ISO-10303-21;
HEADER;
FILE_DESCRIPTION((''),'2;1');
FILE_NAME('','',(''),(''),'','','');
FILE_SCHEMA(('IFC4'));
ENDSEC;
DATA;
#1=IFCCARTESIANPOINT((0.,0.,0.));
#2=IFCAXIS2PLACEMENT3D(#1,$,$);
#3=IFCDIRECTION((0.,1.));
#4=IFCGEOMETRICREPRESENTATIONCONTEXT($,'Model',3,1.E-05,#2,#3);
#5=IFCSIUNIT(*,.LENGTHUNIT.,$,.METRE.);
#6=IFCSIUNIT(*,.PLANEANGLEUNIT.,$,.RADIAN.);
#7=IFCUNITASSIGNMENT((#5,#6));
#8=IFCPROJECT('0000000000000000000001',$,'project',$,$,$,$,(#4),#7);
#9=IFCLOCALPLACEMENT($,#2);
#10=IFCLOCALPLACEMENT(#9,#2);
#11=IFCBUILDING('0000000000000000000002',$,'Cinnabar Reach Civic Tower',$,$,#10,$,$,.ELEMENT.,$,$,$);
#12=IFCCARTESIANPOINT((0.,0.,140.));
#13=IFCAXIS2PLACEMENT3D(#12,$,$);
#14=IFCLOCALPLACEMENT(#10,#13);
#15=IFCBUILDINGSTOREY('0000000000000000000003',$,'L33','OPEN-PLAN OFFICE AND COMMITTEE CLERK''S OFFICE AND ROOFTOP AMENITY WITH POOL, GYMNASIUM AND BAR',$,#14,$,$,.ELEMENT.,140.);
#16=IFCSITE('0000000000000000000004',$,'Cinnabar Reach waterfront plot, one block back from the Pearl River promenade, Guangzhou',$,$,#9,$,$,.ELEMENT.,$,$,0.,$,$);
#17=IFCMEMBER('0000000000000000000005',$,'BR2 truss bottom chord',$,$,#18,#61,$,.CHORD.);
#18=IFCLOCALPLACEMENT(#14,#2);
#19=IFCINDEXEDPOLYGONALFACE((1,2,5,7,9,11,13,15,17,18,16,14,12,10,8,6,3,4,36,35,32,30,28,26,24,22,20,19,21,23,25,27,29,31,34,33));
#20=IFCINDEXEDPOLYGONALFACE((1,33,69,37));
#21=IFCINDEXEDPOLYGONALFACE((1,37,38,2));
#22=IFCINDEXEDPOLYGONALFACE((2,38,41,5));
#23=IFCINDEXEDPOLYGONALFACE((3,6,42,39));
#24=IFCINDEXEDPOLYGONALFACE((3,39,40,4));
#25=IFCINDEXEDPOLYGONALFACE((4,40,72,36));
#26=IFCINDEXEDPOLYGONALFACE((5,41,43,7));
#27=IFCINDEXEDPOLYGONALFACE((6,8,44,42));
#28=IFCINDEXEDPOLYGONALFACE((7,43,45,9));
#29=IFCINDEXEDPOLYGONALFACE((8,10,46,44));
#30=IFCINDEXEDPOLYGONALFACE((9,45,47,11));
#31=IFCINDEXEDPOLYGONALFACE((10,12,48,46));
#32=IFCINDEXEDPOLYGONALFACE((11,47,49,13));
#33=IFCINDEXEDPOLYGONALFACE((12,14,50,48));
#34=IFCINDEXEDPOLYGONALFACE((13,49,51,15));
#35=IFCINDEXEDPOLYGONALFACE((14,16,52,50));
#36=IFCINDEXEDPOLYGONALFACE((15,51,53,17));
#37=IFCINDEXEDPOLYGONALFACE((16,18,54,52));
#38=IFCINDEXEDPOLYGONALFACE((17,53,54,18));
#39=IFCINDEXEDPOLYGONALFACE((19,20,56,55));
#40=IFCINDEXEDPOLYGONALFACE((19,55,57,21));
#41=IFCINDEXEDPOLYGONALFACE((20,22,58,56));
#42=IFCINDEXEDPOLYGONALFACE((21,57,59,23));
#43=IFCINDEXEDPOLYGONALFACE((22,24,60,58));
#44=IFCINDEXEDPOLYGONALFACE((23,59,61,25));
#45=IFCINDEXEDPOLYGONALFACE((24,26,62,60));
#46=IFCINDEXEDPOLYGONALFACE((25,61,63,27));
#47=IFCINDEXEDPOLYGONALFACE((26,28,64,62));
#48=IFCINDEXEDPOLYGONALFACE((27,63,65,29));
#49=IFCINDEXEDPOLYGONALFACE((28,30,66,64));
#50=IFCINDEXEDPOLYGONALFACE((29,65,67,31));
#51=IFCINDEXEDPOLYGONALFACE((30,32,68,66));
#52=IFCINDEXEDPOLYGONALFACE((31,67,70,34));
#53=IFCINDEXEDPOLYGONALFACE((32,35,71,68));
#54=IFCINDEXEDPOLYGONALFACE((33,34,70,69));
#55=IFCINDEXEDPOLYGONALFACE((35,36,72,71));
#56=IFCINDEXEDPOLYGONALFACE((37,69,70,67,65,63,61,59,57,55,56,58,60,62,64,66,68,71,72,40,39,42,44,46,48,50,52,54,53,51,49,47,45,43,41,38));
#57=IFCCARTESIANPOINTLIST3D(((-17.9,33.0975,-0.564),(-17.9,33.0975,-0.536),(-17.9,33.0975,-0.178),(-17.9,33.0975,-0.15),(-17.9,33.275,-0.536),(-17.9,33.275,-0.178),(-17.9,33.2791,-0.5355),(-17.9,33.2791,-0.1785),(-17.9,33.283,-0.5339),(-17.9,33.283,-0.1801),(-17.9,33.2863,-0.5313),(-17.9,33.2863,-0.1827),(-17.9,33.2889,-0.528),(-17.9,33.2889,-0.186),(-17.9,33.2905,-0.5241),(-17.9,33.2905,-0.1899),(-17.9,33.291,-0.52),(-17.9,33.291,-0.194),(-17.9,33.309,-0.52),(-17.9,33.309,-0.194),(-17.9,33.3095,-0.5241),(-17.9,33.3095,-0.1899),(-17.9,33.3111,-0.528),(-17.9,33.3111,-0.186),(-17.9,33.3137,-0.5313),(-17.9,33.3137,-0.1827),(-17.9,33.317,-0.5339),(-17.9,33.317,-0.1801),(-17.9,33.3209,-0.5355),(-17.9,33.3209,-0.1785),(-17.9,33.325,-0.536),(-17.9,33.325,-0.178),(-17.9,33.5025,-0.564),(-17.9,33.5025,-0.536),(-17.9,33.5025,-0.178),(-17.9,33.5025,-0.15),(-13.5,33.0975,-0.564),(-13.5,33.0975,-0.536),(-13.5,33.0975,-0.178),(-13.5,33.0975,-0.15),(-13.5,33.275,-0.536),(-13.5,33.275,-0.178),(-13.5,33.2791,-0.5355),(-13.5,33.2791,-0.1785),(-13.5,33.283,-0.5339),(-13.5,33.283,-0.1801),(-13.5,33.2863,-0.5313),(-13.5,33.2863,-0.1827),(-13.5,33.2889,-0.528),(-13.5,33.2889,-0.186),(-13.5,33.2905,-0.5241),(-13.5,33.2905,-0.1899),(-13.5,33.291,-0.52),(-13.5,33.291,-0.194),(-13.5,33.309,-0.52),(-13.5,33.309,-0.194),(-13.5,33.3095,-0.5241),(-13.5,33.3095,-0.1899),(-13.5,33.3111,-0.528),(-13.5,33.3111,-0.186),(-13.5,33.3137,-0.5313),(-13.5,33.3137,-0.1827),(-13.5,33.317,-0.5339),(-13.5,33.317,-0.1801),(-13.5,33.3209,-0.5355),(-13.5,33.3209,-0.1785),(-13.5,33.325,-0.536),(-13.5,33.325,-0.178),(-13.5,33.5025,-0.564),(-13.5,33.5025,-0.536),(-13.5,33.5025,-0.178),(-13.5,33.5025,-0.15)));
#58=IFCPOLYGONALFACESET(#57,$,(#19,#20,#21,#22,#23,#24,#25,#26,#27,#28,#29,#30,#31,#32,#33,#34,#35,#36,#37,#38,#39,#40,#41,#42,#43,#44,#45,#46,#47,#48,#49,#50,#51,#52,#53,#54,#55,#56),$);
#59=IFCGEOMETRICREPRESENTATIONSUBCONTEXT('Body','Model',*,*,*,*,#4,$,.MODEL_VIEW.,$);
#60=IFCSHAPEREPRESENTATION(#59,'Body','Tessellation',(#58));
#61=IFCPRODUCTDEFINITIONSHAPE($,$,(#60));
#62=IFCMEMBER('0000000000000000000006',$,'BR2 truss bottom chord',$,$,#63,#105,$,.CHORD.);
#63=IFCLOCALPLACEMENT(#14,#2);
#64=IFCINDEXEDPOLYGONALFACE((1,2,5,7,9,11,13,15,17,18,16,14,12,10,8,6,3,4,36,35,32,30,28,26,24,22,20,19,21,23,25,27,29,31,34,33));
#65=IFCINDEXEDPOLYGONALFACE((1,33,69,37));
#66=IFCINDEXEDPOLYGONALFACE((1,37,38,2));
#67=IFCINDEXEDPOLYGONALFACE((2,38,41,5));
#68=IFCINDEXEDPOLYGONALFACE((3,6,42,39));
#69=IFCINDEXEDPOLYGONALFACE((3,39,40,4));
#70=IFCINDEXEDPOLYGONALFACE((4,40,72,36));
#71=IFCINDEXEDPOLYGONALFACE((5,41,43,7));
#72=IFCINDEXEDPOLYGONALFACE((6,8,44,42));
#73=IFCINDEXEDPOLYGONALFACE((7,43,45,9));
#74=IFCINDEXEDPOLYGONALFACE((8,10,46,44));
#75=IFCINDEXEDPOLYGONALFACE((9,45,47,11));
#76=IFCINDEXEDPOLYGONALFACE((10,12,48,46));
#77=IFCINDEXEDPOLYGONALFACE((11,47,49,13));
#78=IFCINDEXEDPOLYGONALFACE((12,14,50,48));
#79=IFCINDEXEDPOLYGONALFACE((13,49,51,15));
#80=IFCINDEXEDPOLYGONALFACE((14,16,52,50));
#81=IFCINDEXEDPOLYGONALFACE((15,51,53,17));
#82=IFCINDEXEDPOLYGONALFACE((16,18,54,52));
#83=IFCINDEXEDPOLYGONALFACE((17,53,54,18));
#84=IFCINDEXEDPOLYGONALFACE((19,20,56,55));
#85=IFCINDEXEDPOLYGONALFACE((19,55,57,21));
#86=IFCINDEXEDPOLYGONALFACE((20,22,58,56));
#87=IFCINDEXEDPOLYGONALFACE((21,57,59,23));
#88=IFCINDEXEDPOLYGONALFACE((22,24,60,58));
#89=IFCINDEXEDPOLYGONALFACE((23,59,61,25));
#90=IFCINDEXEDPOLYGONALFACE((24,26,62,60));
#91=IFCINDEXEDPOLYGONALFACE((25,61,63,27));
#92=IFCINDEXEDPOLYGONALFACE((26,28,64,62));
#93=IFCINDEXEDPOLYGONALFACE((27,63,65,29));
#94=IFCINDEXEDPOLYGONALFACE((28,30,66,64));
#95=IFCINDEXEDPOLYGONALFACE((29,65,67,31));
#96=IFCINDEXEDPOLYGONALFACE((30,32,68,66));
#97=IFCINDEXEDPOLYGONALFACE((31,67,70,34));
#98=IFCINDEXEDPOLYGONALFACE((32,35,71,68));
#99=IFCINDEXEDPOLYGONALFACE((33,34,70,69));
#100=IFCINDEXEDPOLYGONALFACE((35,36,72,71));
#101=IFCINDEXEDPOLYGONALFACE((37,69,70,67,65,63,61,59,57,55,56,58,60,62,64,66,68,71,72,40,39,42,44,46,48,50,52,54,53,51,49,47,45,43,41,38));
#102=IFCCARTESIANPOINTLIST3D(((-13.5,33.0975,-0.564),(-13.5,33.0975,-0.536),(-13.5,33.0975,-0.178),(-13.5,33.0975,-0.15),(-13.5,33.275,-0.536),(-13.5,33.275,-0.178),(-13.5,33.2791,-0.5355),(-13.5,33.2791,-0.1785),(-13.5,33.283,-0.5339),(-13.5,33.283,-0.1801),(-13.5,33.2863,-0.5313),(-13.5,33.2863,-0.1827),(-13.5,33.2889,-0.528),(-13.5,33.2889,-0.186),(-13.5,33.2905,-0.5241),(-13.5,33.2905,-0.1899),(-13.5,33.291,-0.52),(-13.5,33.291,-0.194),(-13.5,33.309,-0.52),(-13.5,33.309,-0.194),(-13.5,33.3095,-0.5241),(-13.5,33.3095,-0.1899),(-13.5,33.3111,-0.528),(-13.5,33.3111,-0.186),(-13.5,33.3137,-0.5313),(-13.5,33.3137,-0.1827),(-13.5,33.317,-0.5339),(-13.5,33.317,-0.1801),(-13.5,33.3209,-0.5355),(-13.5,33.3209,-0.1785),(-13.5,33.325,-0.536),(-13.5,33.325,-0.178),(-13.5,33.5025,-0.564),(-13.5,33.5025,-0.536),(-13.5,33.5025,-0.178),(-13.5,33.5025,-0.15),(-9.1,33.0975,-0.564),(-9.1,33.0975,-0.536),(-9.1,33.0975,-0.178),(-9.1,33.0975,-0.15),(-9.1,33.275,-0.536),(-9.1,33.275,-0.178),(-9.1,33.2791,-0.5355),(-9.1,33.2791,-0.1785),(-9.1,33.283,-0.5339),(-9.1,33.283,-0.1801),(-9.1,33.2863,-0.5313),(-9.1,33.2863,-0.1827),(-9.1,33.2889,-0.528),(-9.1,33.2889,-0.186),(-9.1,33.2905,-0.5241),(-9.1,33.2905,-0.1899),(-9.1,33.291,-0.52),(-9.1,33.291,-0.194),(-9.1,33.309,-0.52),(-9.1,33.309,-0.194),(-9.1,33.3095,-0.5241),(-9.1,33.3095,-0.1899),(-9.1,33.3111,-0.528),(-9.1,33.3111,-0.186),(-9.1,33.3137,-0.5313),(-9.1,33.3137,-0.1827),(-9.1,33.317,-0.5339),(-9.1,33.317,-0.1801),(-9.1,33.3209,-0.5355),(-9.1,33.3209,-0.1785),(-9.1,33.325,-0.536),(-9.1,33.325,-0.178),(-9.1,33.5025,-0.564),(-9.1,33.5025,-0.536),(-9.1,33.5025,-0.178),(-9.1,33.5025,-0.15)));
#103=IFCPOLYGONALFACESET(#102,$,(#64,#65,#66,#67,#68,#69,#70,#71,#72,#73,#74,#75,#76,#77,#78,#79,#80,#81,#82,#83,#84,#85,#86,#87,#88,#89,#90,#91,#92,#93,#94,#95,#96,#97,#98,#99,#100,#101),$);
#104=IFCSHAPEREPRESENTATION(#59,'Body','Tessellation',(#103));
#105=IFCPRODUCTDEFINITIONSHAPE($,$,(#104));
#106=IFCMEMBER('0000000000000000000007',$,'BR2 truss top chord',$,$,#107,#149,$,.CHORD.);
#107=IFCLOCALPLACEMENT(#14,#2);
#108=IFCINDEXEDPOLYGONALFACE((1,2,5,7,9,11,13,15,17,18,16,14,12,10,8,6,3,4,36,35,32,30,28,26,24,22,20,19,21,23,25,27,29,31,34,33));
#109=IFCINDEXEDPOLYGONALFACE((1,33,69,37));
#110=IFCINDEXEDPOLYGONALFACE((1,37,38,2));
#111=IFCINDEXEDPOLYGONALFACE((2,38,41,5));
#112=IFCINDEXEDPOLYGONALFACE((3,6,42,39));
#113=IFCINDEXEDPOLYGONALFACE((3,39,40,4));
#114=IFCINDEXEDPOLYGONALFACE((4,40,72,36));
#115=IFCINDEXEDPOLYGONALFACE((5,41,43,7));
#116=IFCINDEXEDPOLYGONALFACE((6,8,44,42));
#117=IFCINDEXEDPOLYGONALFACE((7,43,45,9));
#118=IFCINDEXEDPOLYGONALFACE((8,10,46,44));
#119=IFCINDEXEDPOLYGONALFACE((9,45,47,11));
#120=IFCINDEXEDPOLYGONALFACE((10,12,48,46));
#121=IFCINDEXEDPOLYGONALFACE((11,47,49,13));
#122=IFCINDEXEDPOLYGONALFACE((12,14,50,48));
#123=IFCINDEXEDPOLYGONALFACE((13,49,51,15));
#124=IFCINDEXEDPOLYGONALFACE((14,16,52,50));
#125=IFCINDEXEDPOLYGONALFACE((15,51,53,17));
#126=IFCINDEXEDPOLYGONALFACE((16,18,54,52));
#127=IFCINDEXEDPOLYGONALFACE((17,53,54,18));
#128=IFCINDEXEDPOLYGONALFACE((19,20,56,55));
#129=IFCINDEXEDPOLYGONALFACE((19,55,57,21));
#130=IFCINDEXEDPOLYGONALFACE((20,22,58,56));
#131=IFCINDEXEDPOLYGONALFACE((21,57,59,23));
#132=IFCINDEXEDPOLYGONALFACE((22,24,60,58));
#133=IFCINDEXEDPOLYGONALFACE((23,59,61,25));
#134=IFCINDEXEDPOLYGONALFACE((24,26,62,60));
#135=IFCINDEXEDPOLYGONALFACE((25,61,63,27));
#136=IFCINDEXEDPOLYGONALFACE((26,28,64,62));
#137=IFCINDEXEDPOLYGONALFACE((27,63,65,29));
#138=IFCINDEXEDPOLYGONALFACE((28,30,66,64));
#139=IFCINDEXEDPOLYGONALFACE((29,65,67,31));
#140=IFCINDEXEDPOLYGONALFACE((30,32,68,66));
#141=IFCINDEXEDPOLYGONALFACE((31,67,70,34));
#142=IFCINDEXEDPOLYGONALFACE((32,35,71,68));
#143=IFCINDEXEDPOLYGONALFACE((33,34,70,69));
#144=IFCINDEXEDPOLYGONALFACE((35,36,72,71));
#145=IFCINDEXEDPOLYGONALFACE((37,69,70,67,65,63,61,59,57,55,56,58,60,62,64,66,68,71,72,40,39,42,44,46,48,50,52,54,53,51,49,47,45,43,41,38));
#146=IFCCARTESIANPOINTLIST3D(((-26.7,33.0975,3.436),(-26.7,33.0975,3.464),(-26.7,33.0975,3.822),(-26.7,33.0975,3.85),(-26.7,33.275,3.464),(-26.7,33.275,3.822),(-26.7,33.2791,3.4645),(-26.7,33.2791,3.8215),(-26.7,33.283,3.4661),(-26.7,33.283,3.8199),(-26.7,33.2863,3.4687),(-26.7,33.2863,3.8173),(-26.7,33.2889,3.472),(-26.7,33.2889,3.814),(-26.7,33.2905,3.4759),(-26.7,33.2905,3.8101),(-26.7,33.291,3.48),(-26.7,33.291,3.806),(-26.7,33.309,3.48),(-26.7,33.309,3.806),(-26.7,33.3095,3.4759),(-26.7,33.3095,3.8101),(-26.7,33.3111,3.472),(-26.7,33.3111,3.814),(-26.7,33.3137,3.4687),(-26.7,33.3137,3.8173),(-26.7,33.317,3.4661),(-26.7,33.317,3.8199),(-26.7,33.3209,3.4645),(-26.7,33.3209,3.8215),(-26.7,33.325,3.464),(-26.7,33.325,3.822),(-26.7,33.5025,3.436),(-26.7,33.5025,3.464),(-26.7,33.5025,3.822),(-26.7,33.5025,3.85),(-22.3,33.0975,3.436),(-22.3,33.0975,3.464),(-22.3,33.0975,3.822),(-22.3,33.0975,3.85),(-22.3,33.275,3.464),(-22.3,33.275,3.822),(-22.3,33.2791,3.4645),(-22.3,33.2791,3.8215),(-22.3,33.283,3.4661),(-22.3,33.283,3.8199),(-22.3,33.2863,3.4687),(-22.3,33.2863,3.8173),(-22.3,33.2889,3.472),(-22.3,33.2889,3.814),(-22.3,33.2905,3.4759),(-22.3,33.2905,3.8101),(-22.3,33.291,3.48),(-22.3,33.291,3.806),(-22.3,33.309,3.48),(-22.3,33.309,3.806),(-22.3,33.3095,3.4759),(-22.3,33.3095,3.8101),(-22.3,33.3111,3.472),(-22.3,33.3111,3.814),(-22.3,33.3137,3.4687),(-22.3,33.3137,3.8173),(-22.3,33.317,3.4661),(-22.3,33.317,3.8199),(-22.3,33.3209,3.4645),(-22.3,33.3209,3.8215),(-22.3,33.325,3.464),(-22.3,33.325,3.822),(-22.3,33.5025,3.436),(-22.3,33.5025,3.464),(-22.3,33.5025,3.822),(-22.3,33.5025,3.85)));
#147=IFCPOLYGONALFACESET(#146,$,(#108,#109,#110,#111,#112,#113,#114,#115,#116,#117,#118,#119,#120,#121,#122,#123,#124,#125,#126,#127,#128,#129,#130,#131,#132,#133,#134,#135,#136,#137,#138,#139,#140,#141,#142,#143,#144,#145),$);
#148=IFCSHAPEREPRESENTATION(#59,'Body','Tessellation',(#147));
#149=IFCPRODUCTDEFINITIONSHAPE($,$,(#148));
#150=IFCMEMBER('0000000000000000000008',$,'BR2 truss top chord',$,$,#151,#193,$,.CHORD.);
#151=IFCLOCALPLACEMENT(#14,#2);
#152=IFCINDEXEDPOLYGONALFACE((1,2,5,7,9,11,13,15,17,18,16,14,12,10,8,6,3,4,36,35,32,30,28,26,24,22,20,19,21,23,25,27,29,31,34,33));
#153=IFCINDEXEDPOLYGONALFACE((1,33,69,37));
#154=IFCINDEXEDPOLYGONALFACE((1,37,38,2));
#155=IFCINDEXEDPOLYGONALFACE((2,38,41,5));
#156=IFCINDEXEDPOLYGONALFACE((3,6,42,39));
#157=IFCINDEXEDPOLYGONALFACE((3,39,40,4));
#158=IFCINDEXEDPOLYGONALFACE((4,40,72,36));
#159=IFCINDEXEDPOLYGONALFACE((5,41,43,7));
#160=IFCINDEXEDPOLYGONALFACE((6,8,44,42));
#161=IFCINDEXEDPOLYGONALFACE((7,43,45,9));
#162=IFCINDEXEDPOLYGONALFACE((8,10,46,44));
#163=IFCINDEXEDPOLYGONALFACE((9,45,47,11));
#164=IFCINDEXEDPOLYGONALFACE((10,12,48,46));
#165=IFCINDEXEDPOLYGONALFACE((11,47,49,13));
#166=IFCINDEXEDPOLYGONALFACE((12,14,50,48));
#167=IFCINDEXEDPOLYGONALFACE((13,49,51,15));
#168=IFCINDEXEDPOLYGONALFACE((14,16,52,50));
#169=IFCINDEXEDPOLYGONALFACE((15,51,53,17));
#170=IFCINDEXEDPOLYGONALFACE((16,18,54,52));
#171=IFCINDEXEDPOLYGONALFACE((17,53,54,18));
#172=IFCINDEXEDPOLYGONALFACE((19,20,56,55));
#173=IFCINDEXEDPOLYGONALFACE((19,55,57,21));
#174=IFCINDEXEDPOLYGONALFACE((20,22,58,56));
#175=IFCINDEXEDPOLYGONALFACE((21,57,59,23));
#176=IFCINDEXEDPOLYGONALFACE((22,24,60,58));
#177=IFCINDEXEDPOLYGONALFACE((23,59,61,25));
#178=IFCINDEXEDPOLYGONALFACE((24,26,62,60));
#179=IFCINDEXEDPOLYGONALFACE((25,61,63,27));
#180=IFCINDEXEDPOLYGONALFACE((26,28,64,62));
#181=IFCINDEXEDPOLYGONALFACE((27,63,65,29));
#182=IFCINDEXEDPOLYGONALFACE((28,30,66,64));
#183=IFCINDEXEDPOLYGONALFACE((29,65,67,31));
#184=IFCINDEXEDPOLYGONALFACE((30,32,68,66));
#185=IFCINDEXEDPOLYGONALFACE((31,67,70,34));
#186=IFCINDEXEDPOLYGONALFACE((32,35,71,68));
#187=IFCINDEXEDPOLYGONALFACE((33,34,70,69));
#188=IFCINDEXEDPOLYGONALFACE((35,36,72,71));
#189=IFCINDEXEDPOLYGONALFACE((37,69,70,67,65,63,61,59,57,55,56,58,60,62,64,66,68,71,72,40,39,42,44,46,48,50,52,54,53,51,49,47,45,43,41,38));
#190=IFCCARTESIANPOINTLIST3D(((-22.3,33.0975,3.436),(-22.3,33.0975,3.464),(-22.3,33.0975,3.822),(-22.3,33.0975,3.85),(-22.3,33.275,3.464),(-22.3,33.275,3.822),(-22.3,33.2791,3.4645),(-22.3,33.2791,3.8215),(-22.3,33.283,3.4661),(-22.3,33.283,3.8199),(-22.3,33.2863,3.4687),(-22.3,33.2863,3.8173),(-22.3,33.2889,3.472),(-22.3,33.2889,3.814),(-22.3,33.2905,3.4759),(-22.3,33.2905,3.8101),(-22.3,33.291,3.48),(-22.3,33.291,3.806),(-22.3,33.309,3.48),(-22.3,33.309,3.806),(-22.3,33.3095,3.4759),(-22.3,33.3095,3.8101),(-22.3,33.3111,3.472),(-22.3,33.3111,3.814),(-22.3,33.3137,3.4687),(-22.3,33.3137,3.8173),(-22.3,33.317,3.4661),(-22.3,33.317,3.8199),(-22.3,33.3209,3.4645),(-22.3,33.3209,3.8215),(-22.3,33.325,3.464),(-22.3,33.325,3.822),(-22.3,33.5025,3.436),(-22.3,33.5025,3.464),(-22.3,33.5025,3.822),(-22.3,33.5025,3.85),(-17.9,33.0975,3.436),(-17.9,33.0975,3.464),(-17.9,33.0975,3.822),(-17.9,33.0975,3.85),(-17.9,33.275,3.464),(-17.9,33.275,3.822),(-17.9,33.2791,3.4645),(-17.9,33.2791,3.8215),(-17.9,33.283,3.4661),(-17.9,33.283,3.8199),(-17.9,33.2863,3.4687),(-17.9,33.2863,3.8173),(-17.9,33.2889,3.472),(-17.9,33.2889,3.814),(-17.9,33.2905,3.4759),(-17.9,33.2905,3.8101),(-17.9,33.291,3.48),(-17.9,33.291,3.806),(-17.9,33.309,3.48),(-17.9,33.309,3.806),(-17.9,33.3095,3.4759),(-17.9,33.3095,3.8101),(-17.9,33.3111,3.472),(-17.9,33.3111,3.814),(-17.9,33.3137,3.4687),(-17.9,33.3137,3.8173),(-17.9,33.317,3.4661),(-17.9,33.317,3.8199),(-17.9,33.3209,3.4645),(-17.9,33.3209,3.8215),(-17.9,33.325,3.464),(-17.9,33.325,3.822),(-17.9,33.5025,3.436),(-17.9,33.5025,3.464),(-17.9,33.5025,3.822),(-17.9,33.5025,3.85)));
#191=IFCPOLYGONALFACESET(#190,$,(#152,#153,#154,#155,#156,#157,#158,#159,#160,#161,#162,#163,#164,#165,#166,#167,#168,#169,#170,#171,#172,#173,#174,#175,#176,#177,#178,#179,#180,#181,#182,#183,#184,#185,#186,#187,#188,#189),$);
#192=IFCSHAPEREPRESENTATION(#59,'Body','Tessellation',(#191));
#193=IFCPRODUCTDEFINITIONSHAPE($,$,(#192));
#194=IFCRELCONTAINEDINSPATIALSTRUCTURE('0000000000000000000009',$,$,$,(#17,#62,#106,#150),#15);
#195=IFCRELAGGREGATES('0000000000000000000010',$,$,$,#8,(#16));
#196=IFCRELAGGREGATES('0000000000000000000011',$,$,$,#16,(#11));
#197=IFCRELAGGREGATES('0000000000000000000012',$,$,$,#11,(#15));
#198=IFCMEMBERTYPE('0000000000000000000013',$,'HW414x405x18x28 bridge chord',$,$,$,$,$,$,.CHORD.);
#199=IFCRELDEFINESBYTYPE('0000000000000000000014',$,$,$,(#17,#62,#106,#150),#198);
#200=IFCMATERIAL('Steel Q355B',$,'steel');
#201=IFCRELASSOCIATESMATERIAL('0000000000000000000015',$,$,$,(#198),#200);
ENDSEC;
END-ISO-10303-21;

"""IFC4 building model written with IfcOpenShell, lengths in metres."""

from ifc_helpers import new_model, si_unit, direction, frame, origin, origin_2d, place, context, subcontext, project, spatial, i_section, extrude, material, material_profile, profile_set, type_object, element, save


model = new_model("IFC4")

# Units and contexts
model_context = context("Model", 3, precision=1e-05, world=origin(), true_north=direction((0.0, 1.0)))
body_context = subcontext(model_context, "Body", "Model", "MODEL_VIEW")
ifc_project = project(units=[si_unit("LENGTHUNIT", "METRE"), si_unit("PLANEANGLEUNIT", "RADIAN")], contexts=[model_context])

# Site, building, storey
site_placement = place(None, origin())
site = spatial("IfcSite", under=ifc_project, at=site_placement, Name="Cinnabar Reach waterfront plot, one block back from the Pearl River promenade, Guangzhou", CompositionType="ELEMENT", RefElevation=0.0)
building_placement = place(site_placement, origin())
building = spatial("IfcBuilding", under=site, at=building_placement, Name="Cinnabar Reach Civic Tower", CompositionType="ELEMENT")
storey_placement = place(building_placement, frame((0.0, 0.0, 140.0)))
storey = spatial("IfcBuildingStorey", under=building, at=storey_placement, Name="L33", Description="OPEN-PLAN OFFICE AND COMMITTEE CLERK'S OFFICE AND ROOFTOP AMENITY WITH POOL, GYMNASIUM AND BAR", CompositionType="ELEMENT", Elevation=140.0)

# Members
ifc_material_1 = material(Name="Steel Q355B", Category="steel")
ifc_material_profile_1 = material_profile(ifc_material_1, i_section(OverallWidth=0.405, OverallDepth=0.414, WebThickness=0.018, FlangeThickness=0.028, FilletRadius=0.016, at=origin_2d()), Name="HW414x405x18x28")
ifc_profile_set_1 = profile_set([ifc_material_profile_1], Name="Steel Q355B")
member_type_1 = type_object("IfcMemberType", Name="HW414x405x18x28 bridge chord", PredefinedType="CHORD", material=ifc_profile_set_1)
for number, where, z_axis, x_axis, name in (
    (1, (-17.9, 33.3, -0.357), (1.0, 0.0, 0.0), (0.0, 1.0, 0.0), "BR2 truss bottom chord"),
    (2, (-13.5, 33.3, -0.357), (1.0, 0.0, 0.0), (0.0, 1.0, 0.0), "BR2 truss bottom chord"),
    (3, (-26.7, 33.3, 3.643), (1.0, 0.0, 0.0), (0.0, 1.0, 0.0), "BR2 truss top chord"),
    (4, (-22.3, 33.3, 3.643), (1.0, 0.0, 0.0), (0.0, 1.0, 0.0), "BR2 truss top chord"),
):
    element("IfcMember", number, at=place(storey_placement, frame(where, z_axis=z_axis, x_axis=x_axis)), inside=storey, type_object=member_type_1, Name=name, PredefinedType="CHORD", context=body_context, shape_type="SweptSolid", body=[
        extrude(i_section(OverallWidth=0.405, OverallDepth=0.414, WebThickness=0.018, FlangeThickness=0.028, FilletRadius=0.016, at=origin_2d()), origin(), (0.0, 0.0, 1.0), 4.4),
    ])

save(model, "model.ifc")
